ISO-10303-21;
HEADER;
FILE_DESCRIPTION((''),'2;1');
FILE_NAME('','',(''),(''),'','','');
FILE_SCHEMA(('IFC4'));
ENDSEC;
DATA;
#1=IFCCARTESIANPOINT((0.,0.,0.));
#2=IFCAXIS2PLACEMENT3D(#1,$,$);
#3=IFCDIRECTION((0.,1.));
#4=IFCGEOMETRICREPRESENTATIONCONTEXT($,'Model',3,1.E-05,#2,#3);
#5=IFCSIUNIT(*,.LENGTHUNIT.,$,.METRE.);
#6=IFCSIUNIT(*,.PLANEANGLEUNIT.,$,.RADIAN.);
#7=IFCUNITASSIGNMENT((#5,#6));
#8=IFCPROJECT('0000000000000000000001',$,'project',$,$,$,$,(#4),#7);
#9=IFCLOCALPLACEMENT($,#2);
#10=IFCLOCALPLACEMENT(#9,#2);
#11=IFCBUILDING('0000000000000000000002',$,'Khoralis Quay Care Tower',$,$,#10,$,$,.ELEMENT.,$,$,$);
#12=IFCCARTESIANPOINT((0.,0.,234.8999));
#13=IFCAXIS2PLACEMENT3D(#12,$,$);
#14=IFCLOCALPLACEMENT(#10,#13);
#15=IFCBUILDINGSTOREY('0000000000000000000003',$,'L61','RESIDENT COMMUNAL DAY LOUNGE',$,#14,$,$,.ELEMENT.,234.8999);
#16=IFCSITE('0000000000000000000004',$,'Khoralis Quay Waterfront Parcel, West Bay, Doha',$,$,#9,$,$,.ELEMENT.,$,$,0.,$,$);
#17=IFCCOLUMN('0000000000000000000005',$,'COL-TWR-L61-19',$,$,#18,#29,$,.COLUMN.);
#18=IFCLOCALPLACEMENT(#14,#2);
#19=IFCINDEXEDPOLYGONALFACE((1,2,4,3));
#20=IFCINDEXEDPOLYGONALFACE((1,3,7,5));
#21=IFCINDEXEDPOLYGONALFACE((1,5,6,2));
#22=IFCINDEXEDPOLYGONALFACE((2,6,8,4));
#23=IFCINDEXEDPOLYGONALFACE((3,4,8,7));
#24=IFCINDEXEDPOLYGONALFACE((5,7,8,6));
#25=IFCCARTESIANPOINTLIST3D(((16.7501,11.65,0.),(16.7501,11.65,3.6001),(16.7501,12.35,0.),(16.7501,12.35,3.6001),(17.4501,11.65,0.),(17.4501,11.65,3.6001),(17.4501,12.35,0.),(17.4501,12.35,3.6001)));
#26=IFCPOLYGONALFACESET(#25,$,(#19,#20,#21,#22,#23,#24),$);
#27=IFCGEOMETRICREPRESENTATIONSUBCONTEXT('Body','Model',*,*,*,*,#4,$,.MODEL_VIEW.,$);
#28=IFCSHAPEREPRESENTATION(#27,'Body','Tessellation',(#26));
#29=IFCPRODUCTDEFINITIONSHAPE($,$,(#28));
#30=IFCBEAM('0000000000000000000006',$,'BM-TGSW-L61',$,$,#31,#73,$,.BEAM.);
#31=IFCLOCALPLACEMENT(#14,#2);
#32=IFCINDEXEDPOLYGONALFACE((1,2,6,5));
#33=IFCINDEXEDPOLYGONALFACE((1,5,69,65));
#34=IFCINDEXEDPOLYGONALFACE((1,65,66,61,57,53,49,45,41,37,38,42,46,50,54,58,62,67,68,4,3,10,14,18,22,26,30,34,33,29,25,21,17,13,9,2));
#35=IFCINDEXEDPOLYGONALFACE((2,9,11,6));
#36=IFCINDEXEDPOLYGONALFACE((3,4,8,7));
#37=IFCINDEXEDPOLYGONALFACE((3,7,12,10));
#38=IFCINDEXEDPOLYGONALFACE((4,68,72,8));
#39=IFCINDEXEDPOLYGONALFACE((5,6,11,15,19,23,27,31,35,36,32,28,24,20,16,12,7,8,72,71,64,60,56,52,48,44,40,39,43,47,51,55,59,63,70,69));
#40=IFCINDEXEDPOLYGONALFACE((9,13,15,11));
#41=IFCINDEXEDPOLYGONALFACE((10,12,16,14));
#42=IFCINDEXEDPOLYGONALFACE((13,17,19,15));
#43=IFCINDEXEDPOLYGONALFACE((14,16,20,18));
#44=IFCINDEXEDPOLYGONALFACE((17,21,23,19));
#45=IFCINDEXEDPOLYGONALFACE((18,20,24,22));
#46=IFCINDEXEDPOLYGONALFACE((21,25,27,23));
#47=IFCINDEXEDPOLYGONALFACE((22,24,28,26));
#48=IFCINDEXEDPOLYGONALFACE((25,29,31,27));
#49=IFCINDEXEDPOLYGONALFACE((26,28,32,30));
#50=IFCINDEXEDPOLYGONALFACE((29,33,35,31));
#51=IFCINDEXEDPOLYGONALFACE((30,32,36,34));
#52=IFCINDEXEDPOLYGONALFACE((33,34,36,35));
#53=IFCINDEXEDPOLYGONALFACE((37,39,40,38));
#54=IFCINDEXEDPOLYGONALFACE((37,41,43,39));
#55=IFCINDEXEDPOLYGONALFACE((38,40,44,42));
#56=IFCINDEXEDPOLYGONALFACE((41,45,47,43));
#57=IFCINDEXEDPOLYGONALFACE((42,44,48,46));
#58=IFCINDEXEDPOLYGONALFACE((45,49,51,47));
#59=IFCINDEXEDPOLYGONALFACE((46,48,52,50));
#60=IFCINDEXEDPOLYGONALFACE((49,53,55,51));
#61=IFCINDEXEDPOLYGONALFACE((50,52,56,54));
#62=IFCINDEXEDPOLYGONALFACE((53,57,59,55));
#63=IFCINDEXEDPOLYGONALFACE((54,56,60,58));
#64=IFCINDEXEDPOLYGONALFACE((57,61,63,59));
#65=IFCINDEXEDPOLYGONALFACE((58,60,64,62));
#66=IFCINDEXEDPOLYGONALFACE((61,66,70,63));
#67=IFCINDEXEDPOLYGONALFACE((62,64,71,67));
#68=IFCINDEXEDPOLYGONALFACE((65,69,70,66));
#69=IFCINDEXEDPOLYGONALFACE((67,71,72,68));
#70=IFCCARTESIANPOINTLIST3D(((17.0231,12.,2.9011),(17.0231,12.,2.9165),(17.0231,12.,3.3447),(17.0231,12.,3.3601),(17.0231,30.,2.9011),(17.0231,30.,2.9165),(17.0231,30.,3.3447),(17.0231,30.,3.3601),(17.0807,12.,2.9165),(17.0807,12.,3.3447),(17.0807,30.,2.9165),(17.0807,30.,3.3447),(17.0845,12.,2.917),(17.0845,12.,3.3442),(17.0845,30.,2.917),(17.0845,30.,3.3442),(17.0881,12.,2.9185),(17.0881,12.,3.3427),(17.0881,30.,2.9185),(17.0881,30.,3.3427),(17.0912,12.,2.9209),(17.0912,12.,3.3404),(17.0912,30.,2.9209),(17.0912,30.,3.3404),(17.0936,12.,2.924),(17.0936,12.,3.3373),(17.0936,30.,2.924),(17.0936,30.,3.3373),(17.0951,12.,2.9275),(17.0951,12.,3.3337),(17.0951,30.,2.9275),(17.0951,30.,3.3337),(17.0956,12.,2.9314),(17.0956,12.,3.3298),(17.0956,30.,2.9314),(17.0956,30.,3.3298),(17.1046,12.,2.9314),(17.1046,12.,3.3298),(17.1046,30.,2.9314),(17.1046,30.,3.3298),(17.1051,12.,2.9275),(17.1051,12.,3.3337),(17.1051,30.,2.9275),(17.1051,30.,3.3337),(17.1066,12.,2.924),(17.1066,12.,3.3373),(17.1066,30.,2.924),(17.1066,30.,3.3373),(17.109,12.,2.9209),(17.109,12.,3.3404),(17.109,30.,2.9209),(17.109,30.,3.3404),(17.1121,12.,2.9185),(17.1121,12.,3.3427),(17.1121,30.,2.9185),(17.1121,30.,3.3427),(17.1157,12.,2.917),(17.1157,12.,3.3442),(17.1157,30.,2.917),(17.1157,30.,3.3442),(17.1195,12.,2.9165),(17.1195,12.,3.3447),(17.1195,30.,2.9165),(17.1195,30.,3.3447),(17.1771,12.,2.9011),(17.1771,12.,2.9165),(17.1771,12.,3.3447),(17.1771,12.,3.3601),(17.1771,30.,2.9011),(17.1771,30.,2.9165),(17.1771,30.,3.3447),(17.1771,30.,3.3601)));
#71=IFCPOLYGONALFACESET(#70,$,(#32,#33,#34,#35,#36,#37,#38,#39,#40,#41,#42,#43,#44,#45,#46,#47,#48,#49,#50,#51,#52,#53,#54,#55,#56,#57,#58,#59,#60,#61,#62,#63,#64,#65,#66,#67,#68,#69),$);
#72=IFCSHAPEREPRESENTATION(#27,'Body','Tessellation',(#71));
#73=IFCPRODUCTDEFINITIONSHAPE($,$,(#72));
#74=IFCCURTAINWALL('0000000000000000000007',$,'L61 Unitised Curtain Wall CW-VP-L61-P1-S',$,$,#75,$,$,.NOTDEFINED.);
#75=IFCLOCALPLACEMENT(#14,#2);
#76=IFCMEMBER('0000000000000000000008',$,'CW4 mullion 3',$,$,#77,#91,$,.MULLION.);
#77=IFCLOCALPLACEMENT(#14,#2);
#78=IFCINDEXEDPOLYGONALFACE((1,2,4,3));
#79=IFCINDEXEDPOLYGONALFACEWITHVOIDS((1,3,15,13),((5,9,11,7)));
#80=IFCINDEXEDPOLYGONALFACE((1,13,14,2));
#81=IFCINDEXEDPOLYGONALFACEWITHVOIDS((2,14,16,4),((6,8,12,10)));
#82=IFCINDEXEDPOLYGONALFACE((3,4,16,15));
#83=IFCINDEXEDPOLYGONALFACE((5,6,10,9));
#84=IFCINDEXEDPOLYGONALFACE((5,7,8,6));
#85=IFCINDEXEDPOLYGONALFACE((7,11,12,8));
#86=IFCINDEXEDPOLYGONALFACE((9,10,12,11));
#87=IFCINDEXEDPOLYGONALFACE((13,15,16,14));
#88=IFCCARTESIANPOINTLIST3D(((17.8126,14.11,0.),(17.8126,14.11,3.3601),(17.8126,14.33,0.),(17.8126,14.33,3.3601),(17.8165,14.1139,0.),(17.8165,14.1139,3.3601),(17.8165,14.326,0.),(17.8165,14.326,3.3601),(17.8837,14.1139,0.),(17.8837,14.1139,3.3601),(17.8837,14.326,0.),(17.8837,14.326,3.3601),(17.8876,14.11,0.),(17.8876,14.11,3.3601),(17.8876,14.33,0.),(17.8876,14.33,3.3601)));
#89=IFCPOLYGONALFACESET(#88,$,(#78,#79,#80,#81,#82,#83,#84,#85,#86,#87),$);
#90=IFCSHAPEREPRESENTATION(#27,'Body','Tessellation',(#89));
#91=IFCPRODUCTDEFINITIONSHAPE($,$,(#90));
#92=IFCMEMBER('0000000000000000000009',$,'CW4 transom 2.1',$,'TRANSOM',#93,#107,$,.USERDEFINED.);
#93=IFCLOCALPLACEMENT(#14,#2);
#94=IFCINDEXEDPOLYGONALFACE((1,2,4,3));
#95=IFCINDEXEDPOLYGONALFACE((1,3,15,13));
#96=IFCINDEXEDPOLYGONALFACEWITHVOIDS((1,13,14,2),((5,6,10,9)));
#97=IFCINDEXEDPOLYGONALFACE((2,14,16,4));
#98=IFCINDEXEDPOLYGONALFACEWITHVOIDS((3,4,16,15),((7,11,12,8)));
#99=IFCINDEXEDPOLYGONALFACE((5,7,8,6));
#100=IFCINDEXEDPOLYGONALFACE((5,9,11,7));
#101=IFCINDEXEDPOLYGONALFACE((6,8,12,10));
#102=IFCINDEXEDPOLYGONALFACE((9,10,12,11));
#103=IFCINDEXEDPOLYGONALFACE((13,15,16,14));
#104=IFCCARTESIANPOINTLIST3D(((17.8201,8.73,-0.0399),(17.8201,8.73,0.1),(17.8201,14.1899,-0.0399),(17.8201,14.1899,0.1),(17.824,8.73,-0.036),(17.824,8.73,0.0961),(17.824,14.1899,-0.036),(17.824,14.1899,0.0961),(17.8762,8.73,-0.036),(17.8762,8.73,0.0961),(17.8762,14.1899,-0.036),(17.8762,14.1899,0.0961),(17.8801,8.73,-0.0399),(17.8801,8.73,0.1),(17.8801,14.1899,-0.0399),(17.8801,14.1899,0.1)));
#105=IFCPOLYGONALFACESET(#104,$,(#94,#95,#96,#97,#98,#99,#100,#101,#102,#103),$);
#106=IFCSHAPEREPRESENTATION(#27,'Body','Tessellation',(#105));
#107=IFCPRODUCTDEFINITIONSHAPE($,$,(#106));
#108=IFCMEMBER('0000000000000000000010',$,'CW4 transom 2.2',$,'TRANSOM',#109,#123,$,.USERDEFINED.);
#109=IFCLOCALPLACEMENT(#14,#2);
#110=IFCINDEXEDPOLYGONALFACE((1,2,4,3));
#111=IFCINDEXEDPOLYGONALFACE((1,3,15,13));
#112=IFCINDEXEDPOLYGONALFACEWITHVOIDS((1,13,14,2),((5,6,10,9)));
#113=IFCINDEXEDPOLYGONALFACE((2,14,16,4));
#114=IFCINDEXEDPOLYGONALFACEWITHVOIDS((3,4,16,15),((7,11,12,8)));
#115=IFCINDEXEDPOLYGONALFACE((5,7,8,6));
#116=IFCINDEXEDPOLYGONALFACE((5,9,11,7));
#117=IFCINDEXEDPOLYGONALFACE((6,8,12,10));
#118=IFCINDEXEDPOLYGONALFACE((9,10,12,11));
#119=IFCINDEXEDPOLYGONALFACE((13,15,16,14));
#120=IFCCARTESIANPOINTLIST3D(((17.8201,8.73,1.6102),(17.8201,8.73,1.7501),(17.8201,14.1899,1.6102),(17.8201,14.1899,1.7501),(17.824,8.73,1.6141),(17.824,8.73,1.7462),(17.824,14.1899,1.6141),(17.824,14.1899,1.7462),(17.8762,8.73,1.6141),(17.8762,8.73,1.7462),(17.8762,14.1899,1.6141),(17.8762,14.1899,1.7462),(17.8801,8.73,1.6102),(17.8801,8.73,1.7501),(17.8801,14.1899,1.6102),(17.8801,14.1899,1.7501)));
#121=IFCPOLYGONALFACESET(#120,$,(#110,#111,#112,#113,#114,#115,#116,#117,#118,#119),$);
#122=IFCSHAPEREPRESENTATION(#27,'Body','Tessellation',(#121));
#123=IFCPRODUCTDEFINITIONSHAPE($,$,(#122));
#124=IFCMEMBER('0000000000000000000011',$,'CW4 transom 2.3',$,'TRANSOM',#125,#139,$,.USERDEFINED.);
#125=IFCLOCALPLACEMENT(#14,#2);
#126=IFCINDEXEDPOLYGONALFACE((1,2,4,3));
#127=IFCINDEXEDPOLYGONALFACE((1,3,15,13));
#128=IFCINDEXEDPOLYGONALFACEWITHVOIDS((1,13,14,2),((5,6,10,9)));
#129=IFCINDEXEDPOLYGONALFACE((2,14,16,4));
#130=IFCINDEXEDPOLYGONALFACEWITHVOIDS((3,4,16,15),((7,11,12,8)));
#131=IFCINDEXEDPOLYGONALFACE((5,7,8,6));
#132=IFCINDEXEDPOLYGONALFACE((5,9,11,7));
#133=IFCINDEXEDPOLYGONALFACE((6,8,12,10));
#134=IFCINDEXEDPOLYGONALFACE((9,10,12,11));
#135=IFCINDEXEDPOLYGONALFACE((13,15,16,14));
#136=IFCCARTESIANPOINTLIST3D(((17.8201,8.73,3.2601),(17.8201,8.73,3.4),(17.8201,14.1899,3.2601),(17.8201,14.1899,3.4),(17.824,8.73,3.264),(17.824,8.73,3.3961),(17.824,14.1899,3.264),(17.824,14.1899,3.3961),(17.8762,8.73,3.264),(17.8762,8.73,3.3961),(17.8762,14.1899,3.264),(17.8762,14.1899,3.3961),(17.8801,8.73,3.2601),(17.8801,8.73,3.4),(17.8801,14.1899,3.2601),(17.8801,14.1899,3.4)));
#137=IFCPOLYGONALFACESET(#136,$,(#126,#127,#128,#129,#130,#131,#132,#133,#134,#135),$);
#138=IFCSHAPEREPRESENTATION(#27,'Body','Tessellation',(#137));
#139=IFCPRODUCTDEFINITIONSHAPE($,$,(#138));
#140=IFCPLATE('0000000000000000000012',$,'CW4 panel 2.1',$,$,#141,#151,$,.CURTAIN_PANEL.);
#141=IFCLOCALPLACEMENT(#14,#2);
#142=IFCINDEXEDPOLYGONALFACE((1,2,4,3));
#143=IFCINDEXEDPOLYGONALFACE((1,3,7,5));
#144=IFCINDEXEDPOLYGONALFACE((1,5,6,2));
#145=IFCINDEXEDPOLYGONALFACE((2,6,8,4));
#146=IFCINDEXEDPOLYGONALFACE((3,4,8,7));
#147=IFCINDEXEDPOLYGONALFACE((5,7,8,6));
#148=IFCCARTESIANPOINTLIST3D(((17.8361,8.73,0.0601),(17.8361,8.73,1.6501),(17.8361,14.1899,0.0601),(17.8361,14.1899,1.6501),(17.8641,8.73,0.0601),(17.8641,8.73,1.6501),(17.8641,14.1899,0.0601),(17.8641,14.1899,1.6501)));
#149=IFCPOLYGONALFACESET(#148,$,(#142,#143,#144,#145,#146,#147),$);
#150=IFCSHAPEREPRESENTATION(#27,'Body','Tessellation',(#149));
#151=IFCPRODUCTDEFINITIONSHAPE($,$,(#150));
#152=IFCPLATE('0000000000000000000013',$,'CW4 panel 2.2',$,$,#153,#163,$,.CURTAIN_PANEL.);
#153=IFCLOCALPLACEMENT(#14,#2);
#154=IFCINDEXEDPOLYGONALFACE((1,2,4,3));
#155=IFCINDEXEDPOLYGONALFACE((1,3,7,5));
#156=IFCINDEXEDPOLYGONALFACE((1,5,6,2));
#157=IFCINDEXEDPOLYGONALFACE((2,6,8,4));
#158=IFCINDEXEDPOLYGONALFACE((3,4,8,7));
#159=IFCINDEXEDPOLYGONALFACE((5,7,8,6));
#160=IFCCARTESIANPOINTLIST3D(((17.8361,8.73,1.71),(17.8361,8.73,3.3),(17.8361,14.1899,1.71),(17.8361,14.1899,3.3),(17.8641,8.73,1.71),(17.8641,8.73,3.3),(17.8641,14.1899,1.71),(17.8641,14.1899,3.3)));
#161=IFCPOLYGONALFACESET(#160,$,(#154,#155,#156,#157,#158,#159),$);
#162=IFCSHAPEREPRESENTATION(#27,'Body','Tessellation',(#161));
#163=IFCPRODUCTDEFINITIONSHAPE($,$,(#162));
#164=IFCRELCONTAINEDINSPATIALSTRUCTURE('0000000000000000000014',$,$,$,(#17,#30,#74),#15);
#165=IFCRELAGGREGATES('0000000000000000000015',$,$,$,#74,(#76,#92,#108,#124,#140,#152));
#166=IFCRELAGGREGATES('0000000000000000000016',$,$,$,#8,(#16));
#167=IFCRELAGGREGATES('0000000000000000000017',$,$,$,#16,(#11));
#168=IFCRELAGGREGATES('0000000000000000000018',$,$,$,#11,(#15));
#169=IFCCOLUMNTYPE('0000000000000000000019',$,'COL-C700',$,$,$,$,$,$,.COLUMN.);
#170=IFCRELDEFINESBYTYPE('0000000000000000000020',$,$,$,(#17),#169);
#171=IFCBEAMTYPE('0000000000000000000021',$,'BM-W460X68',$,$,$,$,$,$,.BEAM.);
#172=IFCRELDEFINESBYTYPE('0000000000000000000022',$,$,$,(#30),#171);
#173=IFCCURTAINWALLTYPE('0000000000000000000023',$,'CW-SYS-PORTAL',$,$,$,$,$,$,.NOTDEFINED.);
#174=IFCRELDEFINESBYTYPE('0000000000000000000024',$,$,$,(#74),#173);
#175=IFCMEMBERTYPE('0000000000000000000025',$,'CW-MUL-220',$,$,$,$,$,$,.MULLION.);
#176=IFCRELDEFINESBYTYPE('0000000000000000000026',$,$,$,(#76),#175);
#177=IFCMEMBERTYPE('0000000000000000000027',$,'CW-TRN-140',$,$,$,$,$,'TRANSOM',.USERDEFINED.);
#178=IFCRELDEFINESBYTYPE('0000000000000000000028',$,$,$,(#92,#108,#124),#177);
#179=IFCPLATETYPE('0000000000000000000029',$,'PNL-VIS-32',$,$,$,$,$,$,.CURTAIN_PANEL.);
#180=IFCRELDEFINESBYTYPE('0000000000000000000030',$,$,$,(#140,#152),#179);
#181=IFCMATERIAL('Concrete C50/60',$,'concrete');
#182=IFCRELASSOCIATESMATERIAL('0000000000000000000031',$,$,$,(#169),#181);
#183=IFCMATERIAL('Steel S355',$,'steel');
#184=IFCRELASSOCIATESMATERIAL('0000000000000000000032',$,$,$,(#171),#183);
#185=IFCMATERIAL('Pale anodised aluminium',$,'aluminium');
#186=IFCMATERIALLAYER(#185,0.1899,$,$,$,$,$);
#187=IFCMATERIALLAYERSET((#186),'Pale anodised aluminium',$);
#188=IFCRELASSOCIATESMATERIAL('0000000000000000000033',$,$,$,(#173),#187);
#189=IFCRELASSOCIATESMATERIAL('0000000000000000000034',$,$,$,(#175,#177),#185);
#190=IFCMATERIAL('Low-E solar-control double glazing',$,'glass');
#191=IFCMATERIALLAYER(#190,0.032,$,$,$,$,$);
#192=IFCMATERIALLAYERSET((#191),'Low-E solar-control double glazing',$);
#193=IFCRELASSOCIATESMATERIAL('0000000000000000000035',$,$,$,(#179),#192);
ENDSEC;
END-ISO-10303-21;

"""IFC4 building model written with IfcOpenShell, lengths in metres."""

from ifc_helpers import new_model, si_unit, direction, frame, origin, origin_2d, place, context, subcontext, project, spatial, rectangle, hollow_rectangle, i_section, extrude, source, transform, mapped, material, layer, layer_set, material_profile, profile_set, type_object, element, aggregate, save


model = new_model("IFC4")

# Units and contexts
model_context = context("Model", 3, precision=1e-05, world=origin(), true_north=direction((0.0, 1.0)))
body_context = subcontext(model_context, "Body", "Model", "MODEL_VIEW")
ifc_project = project(units=[si_unit("LENGTHUNIT", "METRE"), si_unit("PLANEANGLEUNIT", "RADIAN")], contexts=[model_context])

# Site, building, storey
site_placement = place(None, origin())
site = spatial("IfcSite", under=ifc_project, at=site_placement, Name="Khoralis Quay Waterfront Parcel, West Bay, Doha", CompositionType="ELEMENT", RefElevation=0.0)
building_placement = place(site_placement, origin())
building = spatial("IfcBuilding", under=site, at=building_placement, Name="Khoralis Quay Care Tower", CompositionType="ELEMENT")
storey_placement = place(building_placement, frame((0.0, 0.0, 234.8999)))
storey = spatial("IfcBuildingStorey", under=building, at=storey_placement, Name="L61", Description="RESIDENT COMMUNAL DAY LOUNGE", CompositionType="ELEMENT", Elevation=234.8999)

# Column
ifc_material_1 = material(Name="Concrete C50/60", Category="concrete")
ifc_material_profile_1 = material_profile(ifc_material_1, rectangle(XDim=0.7, YDim=0.7, at=origin_2d()), Name="Concrete C50/60")
ifc_profile_set_1 = profile_set([ifc_material_profile_1], Name="Concrete C50/60")
column_type = type_object("IfcColumnType", Name="COL-C700", PredefinedType="COLUMN", material=ifc_profile_set_1)
shared_shape_1 = source(origin(), body_context, "Body", "SweptSolid", [
    extrude(rectangle(XDim=0.7, YDim=0.7, at=origin_2d()), origin(), (0.0, 0.0, 1.0), 3.6001),
])
column_placement = place(storey_placement, frame((17.1001, 12.0, 0.0), z_axis=(0.0, 0.0, 1.0), x_axis=(1.0, 0.0, 0.0)))
element("IfcColumn", 1, at=column_placement, inside=storey, type_object=column_type, Name="COL-TWR-L61-19", PredefinedType="COLUMN", context=body_context, shape_type="MappedRepresentation", body=[
    mapped(shared_shape_1, transform((0.0, 0.0, 0.0), scale=1.0)),
])

# Beam
ifc_material_2 = material(Name="Steel S355", Category="steel")
ifc_material_profile_2 = material_profile(ifc_material_2, i_section(OverallWidth=0.1541, OverallDepth=0.459, WebThickness=0.009, FlangeThickness=0.0154, FilletRadius=0.0149, at=origin_2d()), Name="Steel S355")
ifc_profile_set_2 = profile_set([ifc_material_profile_2], Name="Steel S355")
beam_type = type_object("IfcBeamType", Name="BM-W460X68", PredefinedType="BEAM", material=ifc_profile_set_2)
shared_shape_2 = source(origin(), body_context, "Body", "SweptSolid", [
    extrude(i_section(OverallWidth=0.1541, OverallDepth=0.459, WebThickness=0.009, FlangeThickness=0.0154, FilletRadius=0.0149, at=origin_2d()), origin(), (0.0, 0.0, 1.0), 18.0),
])
beam_placement = place(storey_placement, frame((17.1001, 12.0, 3.1306), z_axis=(0.0, 1.0, 0.0), x_axis=(-1.0, 0.0, 0.0)))
element("IfcBeam", 2, at=beam_placement, inside=storey, type_object=beam_type, Name="BM-TGSW-L61", PredefinedType="BEAM", context=body_context, shape_type="MappedRepresentation", body=[
    mapped(shared_shape_2, transform((0.0, 0.0, 0.0), scale=1.0)),
])

# Curtain wall, members, plates
ifc_material_3 = material(Name="Pale anodised aluminium", Category="aluminium")
ifc_layer_1 = layer(ifc_material_3, 0.1899)
ifc_layer_set_1 = layer_set([ifc_layer_1], Name="Pale anodised aluminium")
curtain_wall_type = type_object("IfcCurtainWallType", Name="CW-SYS-PORTAL", PredefinedType="NOTDEFINED", material=ifc_layer_set_1)
curtain_wall_placement = place(storey_placement, origin())
curtain_wall = element("IfcCurtainWall", 3, at=curtain_wall_placement, inside=storey, type_object=curtain_wall_type, Name="L61 Unitised Curtain Wall CW-VP-L61-P1-S", PredefinedType="NOTDEFINED")
ifc_material_profile_3 = material_profile(ifc_material_3, hollow_rectangle(XDim=0.075, YDim=0.22, WallThickness=0.0039, at=origin_2d()), Name="Pale anodised aluminium")
ifc_profile_set_3 = profile_set([ifc_material_profile_3], Name="Pale anodised aluminium")
member_type_1 = type_object("IfcMemberType", Name="CW-MUL-220", PredefinedType="MULLION", material=ifc_profile_set_3)
shared_shape_3 = source(origin(), body_context, "Body", "SweptSolid", [
    extrude(hollow_rectangle(XDim=0.075, YDim=0.22, WallThickness=0.0039, at=origin_2d()), origin(), (0.0, 0.0, 1.0), 3.3601),
])
member_1_placement = place(storey_placement, frame((17.8501, 14.22, 0.0), z_axis=(0.0, 0.0, 1.0), x_axis=(-1.0, 0.0, 0.0)))
member_1 = element("IfcMember", 4, at=member_1_placement, type_object=member_type_1, Name="CW4 mullion 3", PredefinedType="MULLION", context=body_context, shape_type="MappedRepresentation", body=[
    mapped(shared_shape_3, transform((0.0, 0.0, 0.0), scale=1.0)),
])
ifc_material_profile_4 = material_profile(ifc_material_3, hollow_rectangle(XDim=0.0601, YDim=0.1399, WallThickness=0.0039, at=origin_2d()), Name="Pale anodised aluminium")
ifc_profile_set_4 = profile_set([ifc_material_profile_4], Name="Pale anodised aluminium")
member_type_2 = type_object("IfcMemberType", Name="CW-TRN-140", ElementType="TRANSOM", PredefinedType="USERDEFINED", material=ifc_profile_set_4)
shared_shape_4 = source(origin(), body_context, "Body", "SweptSolid", [
    extrude(hollow_rectangle(XDim=0.0601, YDim=0.1399, WallThickness=0.0039, at=origin_2d()), origin(), (0.0, 0.0, 1.0), 5.46),
])
member_2_placement = place(storey_placement, frame((17.8501, 8.73, 0.03), z_axis=(0.0, 1.0, 0.0), x_axis=(-1.0, 0.0, 0.0)))
member_2 = element("IfcMember", 5, at=member_2_placement, type_object=member_type_2, Name="CW4 transom 2.1", ObjectType="TRANSOM", PredefinedType="USERDEFINED", context=body_context, shape_type="MappedRepresentation", body=[
    mapped(shared_shape_4, transform((0.0, 0.0, 0.0), scale=1.0)),
])
member_3_placement = place(storey_placement, frame((17.8501, 8.73, 1.6802), z_axis=(0.0, 1.0, 0.0), x_axis=(-1.0, 0.0, 0.0)))
member_3 = element("IfcMember", 6, at=member_3_placement, type_object=member_type_2, Name="CW4 transom 2.2", ObjectType="TRANSOM", PredefinedType="USERDEFINED", context=body_context, shape_type="MappedRepresentation", body=[
    mapped(shared_shape_4, transform((0.0, 0.0, 0.0), scale=1.0)),
])
member_4_placement = place(storey_placement, frame((17.8501, 8.73, 3.3301), z_axis=(0.0, 1.0, 0.0), x_axis=(-1.0, 0.0, 0.0)))
member_4 = element("IfcMember", 7, at=member_4_placement, type_object=member_type_2, Name="CW4 transom 2.3", ObjectType="TRANSOM", PredefinedType="USERDEFINED", context=body_context, shape_type="MappedRepresentation", body=[
    mapped(shared_shape_4, transform((0.0, 0.0, 0.0), scale=1.0)),
])
ifc_material_4 = material(Name="Low-E solar-control double glazing", Category="glass")
ifc_layer_2 = layer(ifc_material_4, 0.032)
ifc_layer_set_2 = layer_set([ifc_layer_2], Name="Low-E solar-control double glazing")
plate_type = type_object("IfcPlateType", Name="PNL-VIS-32", PredefinedType="CURTAIN_PANEL", material=ifc_layer_set_2)
shared_shape_5 = source(origin(), body_context, "Body", "SweptSolid", [
    extrude(rectangle(XDim=5.46, YDim=0.0281, at=origin_2d()), origin(), (0.0, 0.0, 1.0), 1.5901),
])
plate_1_placement = place(storey_placement, frame((17.8501, 11.46, 0.0601), z_axis=(0.0, 0.0, 1.0), x_axis=(0.0, 1.0, 0.0)))
plate_1 = element("IfcPlate", 8, at=plate_1_placement, type_object=plate_type, Name="CW4 panel 2.1", PredefinedType="CURTAIN_PANEL", context=body_context, shape_type="MappedRepresentation", body=[
    mapped(shared_shape_5, transform((0.0, 0.0, 0.0), scale=1.0)),
])
plate_2_placement = place(storey_placement, frame((17.8501, 11.46, 1.71), z_axis=(0.0, 0.0, 1.0), x_axis=(0.0, 1.0, 0.0)))
plate_2 = element("IfcPlate", 9, at=plate_2_placement, type_object=plate_type, Name="CW4 panel 2.2", PredefinedType="CURTAIN_PANEL", context=body_context, shape_type="MappedRepresentation", body=[
    mapped(shared_shape_5, transform((0.0, 0.0, 0.0), scale=1.0)),
])
aggregate(curtain_wall, [member_1, member_2, member_3, member_4, plate_1, plate_2])

save(model, "model.ifc")
